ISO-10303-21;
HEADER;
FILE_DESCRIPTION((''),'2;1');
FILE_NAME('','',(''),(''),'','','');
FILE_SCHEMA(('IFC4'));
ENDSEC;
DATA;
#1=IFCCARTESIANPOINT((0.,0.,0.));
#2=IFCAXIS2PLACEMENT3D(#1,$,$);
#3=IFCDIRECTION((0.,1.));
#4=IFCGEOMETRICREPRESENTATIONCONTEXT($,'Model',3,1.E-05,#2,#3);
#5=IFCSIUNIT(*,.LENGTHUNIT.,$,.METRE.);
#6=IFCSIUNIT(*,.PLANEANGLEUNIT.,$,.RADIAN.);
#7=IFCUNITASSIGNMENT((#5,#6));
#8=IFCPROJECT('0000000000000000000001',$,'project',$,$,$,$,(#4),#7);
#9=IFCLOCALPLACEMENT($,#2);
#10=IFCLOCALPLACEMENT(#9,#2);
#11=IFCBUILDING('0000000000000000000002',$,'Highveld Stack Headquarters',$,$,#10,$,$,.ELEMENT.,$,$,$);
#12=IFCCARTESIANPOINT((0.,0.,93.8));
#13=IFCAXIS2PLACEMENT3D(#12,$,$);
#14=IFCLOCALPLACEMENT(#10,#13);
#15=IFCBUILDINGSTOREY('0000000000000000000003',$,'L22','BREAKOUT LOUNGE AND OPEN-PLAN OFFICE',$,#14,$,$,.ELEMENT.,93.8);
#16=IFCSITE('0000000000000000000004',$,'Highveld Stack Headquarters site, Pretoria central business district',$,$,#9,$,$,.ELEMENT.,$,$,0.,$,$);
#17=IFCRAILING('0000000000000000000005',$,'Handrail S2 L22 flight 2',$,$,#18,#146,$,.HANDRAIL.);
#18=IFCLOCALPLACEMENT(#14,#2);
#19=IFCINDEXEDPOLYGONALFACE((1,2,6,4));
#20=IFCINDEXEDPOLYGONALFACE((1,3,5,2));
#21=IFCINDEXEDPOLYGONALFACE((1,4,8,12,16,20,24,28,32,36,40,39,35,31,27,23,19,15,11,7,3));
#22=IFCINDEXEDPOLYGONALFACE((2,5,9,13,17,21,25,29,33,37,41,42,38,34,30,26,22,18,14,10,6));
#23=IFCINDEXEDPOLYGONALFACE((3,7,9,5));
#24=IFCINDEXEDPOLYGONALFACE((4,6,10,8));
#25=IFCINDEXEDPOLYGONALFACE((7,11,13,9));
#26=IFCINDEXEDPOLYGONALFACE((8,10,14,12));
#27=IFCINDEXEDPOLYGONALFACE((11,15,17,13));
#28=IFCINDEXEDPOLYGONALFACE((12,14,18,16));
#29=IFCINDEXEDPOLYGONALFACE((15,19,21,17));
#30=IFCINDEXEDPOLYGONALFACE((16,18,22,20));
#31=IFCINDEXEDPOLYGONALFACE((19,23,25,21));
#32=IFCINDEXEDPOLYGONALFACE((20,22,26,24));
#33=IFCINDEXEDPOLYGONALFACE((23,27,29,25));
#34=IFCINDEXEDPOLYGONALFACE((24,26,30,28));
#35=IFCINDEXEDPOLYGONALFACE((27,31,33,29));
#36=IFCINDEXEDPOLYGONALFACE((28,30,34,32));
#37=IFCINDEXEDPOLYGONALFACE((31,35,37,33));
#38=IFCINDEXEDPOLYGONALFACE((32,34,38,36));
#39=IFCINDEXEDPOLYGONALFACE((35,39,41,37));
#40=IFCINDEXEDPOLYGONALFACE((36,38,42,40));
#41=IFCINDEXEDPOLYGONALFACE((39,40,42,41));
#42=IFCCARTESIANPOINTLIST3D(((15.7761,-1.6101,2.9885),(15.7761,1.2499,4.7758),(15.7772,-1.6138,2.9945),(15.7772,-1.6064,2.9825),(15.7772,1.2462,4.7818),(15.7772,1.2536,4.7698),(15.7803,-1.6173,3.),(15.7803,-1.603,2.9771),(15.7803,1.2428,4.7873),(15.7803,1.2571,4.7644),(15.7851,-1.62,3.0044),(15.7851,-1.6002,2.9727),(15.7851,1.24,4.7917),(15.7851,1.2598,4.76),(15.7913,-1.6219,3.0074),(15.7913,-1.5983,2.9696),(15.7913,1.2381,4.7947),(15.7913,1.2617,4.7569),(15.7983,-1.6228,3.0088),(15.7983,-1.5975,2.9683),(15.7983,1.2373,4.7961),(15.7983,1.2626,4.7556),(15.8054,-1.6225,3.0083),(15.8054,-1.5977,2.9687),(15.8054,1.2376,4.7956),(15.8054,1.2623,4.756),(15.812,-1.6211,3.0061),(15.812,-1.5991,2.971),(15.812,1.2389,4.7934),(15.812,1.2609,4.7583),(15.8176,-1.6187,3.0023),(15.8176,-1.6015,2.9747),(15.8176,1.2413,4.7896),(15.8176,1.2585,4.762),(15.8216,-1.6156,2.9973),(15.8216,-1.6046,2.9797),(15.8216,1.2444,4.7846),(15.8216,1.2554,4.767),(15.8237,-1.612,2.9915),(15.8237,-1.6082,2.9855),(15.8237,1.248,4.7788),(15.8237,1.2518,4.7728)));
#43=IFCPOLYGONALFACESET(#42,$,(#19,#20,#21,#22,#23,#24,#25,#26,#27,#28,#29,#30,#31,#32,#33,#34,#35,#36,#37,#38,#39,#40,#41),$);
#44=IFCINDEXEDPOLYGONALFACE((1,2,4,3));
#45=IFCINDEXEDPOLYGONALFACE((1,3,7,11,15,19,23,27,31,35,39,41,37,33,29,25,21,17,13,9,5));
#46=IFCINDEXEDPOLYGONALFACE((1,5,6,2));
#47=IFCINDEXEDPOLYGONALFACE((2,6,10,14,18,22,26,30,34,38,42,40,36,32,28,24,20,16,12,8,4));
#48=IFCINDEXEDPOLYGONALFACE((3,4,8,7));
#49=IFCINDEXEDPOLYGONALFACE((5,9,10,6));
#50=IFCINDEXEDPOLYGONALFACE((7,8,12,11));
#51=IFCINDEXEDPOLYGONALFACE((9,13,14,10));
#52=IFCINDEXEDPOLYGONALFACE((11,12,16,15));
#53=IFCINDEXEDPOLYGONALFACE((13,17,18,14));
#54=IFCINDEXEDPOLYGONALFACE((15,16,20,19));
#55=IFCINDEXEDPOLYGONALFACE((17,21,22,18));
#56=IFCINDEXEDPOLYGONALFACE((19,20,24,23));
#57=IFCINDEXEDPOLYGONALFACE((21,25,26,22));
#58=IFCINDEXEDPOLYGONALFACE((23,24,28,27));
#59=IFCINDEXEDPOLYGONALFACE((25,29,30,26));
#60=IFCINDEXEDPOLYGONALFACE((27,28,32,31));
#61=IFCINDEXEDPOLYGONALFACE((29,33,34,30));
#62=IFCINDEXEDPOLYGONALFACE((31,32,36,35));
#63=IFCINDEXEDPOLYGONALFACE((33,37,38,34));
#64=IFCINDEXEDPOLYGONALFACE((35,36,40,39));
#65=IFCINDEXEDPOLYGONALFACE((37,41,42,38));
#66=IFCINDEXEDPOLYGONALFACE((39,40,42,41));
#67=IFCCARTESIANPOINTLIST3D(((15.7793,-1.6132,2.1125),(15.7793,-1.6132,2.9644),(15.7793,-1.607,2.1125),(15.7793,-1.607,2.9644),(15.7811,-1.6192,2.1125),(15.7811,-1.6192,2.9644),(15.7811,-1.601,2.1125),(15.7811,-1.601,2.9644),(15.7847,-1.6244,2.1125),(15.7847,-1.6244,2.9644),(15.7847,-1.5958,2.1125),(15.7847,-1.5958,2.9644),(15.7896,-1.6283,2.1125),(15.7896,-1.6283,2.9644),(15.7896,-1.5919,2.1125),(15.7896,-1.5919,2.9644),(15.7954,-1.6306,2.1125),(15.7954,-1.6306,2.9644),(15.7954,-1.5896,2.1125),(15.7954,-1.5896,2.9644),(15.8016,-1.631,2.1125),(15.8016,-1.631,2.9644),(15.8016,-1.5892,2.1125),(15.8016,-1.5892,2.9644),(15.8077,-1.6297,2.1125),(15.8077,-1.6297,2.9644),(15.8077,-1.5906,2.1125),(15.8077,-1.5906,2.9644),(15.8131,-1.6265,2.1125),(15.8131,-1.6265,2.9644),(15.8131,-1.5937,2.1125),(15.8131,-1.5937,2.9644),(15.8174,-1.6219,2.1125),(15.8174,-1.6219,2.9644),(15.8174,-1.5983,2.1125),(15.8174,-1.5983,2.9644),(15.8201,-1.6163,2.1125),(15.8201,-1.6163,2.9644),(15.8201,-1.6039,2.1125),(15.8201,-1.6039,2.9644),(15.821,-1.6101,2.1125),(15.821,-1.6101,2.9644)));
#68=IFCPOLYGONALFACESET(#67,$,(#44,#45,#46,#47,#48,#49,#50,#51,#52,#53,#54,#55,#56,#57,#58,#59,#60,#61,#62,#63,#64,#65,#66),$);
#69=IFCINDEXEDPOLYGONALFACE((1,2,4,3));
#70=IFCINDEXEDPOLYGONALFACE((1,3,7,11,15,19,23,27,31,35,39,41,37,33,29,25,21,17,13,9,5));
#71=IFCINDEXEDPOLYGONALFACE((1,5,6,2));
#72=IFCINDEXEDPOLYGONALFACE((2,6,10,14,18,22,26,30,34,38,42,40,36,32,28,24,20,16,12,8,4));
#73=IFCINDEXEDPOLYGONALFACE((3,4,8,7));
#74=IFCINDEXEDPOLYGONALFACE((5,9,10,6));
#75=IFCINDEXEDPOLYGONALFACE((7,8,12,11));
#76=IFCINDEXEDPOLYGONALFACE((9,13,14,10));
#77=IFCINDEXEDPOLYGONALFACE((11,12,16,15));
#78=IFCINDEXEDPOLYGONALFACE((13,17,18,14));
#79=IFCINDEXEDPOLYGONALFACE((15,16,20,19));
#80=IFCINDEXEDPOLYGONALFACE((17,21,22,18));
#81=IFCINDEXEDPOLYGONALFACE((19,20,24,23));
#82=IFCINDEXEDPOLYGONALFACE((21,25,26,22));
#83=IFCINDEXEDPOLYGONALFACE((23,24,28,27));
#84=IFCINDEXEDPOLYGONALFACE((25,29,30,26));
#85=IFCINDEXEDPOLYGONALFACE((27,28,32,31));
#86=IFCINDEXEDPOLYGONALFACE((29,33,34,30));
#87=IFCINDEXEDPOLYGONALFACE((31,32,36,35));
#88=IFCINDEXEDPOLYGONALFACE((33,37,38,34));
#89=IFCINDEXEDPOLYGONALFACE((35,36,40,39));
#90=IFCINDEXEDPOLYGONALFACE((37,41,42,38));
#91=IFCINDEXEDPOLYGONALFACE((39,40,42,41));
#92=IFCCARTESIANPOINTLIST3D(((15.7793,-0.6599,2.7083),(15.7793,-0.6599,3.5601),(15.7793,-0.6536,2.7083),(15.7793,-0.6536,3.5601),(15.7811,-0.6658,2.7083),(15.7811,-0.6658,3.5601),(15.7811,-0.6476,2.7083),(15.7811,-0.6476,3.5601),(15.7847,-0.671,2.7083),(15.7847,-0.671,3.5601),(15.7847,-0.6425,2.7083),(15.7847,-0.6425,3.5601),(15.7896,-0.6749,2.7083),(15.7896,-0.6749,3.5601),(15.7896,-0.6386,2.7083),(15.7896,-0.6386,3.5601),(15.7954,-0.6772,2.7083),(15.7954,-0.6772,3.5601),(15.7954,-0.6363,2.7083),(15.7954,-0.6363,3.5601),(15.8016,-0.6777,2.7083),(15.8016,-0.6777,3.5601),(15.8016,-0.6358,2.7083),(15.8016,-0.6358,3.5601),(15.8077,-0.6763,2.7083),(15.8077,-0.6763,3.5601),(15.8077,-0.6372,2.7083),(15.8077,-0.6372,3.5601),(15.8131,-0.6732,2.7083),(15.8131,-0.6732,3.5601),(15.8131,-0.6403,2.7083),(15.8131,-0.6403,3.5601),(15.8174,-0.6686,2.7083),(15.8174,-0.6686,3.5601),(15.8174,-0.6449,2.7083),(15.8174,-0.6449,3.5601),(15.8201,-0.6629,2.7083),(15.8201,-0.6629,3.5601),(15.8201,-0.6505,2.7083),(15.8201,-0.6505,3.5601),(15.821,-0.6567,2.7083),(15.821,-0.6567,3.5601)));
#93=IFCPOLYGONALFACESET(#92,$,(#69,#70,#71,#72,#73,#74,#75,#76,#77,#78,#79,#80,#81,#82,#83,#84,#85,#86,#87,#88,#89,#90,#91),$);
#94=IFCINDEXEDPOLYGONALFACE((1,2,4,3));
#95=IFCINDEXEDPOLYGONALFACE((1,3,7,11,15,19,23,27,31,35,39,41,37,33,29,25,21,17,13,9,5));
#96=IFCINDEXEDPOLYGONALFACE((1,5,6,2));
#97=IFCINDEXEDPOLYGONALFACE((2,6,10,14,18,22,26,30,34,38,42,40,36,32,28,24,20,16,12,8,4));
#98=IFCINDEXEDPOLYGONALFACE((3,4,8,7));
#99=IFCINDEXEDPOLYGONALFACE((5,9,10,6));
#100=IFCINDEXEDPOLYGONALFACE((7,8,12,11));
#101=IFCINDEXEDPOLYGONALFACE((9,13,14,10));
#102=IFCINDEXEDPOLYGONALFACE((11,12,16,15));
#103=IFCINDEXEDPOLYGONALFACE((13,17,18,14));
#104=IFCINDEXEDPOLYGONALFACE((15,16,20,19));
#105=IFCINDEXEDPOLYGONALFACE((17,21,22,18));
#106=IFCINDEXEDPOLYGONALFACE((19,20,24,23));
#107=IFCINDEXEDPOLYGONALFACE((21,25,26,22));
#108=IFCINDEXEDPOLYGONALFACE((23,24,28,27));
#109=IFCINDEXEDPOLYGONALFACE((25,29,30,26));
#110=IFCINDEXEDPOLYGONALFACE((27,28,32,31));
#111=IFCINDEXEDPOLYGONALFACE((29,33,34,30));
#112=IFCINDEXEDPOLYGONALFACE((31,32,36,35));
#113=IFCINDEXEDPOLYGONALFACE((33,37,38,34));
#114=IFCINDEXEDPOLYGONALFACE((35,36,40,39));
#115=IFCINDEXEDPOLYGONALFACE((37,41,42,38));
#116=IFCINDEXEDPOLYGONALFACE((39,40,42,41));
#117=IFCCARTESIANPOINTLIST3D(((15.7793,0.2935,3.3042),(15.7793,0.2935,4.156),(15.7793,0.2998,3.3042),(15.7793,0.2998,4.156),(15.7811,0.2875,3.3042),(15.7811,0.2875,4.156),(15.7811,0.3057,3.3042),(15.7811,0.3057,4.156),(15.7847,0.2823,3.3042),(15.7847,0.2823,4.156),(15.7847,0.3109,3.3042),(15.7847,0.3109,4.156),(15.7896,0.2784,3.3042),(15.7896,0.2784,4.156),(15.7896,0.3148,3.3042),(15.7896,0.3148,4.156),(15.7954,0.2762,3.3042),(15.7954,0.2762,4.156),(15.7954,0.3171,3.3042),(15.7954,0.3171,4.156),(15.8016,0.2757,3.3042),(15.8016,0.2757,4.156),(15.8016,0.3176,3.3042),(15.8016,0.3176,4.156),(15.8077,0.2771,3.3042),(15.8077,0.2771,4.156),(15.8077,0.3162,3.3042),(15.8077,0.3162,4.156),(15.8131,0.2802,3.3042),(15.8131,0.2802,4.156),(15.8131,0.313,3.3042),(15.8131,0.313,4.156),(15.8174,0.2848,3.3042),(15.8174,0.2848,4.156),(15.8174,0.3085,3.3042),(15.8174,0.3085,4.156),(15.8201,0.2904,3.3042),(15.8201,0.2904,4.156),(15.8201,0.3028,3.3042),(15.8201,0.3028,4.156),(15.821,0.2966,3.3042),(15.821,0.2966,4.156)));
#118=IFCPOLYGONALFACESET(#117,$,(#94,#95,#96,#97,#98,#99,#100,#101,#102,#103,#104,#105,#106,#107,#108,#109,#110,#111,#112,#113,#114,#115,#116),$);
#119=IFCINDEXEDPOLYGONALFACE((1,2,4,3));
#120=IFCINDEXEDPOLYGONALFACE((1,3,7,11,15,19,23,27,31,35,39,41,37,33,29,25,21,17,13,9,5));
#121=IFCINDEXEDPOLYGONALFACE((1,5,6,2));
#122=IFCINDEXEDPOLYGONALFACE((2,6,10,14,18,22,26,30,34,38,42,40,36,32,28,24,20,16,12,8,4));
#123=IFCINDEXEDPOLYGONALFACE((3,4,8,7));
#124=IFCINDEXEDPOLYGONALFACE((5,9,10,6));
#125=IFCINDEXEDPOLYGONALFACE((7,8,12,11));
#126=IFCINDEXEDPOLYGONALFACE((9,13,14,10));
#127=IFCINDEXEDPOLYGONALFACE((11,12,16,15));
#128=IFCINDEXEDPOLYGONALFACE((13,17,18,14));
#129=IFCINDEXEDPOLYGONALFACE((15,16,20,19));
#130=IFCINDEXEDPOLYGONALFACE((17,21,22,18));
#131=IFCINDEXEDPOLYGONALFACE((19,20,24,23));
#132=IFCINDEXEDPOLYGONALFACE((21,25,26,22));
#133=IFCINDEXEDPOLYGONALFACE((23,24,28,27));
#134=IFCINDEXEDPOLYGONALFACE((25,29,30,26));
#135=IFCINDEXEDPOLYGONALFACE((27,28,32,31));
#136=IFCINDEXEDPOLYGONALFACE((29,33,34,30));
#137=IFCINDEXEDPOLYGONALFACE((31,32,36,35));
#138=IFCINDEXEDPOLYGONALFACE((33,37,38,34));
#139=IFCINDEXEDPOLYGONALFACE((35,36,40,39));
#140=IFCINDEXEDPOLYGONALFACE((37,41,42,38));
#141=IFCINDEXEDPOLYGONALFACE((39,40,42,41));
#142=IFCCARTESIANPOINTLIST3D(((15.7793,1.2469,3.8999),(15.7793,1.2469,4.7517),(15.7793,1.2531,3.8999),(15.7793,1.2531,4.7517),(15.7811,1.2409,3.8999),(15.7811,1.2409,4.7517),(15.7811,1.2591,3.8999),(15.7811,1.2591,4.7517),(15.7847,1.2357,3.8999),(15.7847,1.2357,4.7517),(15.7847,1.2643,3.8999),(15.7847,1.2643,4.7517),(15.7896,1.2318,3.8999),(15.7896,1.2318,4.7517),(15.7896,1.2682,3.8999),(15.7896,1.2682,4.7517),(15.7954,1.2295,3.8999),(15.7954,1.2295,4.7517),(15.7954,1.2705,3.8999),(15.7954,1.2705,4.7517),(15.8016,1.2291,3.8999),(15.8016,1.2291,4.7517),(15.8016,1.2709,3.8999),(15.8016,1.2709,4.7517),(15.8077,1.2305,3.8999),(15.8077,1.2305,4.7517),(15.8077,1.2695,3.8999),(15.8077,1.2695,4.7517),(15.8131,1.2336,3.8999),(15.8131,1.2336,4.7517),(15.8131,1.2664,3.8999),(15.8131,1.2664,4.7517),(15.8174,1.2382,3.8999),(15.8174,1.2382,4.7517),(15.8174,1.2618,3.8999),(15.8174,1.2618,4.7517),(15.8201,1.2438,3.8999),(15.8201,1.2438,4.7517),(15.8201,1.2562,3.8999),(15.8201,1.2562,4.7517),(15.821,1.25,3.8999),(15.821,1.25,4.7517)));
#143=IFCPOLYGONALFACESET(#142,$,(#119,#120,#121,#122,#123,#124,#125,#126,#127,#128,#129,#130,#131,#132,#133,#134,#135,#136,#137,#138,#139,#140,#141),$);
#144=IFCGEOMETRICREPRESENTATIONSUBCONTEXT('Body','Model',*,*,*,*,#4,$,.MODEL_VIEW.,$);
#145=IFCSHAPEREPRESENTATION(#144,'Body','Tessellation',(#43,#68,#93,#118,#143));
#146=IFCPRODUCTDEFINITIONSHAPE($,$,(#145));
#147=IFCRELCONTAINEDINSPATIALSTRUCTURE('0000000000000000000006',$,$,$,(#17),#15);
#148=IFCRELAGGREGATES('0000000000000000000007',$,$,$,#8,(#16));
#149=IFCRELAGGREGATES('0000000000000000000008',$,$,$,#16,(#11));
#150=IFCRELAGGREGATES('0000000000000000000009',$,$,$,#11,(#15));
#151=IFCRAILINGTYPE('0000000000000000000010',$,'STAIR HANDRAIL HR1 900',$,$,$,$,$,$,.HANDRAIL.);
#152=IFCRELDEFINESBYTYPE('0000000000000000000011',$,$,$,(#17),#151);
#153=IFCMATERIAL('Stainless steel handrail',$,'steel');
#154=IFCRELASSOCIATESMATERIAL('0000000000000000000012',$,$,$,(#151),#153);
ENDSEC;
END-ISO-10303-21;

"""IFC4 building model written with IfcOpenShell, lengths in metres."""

from ifc_helpers import new_model, si_unit, direction, frame, origin, origin_2d, place, context, subcontext, project, spatial, circle, extrude, material, type_object, element, save


model = new_model("IFC4")

# Units and contexts
model_context = context("Model", 3, precision=1e-05, world=origin(), true_north=direction((0.0, 1.0)))
body_context = subcontext(model_context, "Body", "Model", "MODEL_VIEW")
ifc_project = project(units=[si_unit("LENGTHUNIT", "METRE"), si_unit("PLANEANGLEUNIT", "RADIAN")], contexts=[model_context])

# Site, building, storey
site_placement = place(None, origin())
site = spatial("IfcSite", under=ifc_project, at=site_placement, Name="Highveld Stack Headquarters site, Pretoria central business district", CompositionType="ELEMENT", RefElevation=0.0)
building_placement = place(site_placement, origin())
building = spatial("IfcBuilding", under=site, at=building_placement, Name="Highveld Stack Headquarters", CompositionType="ELEMENT")
storey_placement = place(building_placement, frame((0.0, 0.0, 93.8)))
storey = spatial("IfcBuildingStorey", under=building, at=storey_placement, Name="L22", Description="BREAKOUT LOUNGE AND OPEN-PLAN OFFICE", CompositionType="ELEMENT", Elevation=93.8)

# Railing
ifc_material_1 = material(Name="Stainless steel handrail", Category="steel")
railing_type = type_object("IfcRailingType", Name="STAIR HANDRAIL HR1 900", PredefinedType="HANDRAIL", material=ifc_material_1)
for number, where, name in (
    (1, (15.8, -1.6101, 2.1125), "Handrail S2 L22 flight 2"),
):
    element("IfcRailing", number, at=place(storey_placement, frame(where)), inside=storey, type_object=railing_type, Name=name, PredefinedType="HANDRAIL", context=body_context, shape_type="SweptSolid", body=[
        extrude(circle(Radius=0.0239, at=origin_2d()), frame((0.0, 0.0, 0.876), z_axis=(0.0, 0.848027, 0.529953), x_axis=(-1.0, 0.0, 0.0)), (0.0, 0.0, 1.0), 3.3726),
        extrude(circle(Radius=0.021, at=origin_2d()), origin(), (0.0, 0.0, 1.0), 0.8518),
        extrude(circle(Radius=0.021, at=origin_2d()), frame((0.0, 0.9534, 0.5957)), (0.0, 0.0, 1.0), 0.8518),
        extrude(circle(Radius=0.021, at=origin_2d()), frame((0.0, 1.9067, 1.1917)), (0.0, 0.0, 1.0), 0.8518),
        extrude(circle(Radius=0.021, at=origin_2d()), frame((0.0, 2.8601, 1.7874)), (0.0, 0.0, 1.0), 0.8518),
    ])

save(model, "model.ifc")
